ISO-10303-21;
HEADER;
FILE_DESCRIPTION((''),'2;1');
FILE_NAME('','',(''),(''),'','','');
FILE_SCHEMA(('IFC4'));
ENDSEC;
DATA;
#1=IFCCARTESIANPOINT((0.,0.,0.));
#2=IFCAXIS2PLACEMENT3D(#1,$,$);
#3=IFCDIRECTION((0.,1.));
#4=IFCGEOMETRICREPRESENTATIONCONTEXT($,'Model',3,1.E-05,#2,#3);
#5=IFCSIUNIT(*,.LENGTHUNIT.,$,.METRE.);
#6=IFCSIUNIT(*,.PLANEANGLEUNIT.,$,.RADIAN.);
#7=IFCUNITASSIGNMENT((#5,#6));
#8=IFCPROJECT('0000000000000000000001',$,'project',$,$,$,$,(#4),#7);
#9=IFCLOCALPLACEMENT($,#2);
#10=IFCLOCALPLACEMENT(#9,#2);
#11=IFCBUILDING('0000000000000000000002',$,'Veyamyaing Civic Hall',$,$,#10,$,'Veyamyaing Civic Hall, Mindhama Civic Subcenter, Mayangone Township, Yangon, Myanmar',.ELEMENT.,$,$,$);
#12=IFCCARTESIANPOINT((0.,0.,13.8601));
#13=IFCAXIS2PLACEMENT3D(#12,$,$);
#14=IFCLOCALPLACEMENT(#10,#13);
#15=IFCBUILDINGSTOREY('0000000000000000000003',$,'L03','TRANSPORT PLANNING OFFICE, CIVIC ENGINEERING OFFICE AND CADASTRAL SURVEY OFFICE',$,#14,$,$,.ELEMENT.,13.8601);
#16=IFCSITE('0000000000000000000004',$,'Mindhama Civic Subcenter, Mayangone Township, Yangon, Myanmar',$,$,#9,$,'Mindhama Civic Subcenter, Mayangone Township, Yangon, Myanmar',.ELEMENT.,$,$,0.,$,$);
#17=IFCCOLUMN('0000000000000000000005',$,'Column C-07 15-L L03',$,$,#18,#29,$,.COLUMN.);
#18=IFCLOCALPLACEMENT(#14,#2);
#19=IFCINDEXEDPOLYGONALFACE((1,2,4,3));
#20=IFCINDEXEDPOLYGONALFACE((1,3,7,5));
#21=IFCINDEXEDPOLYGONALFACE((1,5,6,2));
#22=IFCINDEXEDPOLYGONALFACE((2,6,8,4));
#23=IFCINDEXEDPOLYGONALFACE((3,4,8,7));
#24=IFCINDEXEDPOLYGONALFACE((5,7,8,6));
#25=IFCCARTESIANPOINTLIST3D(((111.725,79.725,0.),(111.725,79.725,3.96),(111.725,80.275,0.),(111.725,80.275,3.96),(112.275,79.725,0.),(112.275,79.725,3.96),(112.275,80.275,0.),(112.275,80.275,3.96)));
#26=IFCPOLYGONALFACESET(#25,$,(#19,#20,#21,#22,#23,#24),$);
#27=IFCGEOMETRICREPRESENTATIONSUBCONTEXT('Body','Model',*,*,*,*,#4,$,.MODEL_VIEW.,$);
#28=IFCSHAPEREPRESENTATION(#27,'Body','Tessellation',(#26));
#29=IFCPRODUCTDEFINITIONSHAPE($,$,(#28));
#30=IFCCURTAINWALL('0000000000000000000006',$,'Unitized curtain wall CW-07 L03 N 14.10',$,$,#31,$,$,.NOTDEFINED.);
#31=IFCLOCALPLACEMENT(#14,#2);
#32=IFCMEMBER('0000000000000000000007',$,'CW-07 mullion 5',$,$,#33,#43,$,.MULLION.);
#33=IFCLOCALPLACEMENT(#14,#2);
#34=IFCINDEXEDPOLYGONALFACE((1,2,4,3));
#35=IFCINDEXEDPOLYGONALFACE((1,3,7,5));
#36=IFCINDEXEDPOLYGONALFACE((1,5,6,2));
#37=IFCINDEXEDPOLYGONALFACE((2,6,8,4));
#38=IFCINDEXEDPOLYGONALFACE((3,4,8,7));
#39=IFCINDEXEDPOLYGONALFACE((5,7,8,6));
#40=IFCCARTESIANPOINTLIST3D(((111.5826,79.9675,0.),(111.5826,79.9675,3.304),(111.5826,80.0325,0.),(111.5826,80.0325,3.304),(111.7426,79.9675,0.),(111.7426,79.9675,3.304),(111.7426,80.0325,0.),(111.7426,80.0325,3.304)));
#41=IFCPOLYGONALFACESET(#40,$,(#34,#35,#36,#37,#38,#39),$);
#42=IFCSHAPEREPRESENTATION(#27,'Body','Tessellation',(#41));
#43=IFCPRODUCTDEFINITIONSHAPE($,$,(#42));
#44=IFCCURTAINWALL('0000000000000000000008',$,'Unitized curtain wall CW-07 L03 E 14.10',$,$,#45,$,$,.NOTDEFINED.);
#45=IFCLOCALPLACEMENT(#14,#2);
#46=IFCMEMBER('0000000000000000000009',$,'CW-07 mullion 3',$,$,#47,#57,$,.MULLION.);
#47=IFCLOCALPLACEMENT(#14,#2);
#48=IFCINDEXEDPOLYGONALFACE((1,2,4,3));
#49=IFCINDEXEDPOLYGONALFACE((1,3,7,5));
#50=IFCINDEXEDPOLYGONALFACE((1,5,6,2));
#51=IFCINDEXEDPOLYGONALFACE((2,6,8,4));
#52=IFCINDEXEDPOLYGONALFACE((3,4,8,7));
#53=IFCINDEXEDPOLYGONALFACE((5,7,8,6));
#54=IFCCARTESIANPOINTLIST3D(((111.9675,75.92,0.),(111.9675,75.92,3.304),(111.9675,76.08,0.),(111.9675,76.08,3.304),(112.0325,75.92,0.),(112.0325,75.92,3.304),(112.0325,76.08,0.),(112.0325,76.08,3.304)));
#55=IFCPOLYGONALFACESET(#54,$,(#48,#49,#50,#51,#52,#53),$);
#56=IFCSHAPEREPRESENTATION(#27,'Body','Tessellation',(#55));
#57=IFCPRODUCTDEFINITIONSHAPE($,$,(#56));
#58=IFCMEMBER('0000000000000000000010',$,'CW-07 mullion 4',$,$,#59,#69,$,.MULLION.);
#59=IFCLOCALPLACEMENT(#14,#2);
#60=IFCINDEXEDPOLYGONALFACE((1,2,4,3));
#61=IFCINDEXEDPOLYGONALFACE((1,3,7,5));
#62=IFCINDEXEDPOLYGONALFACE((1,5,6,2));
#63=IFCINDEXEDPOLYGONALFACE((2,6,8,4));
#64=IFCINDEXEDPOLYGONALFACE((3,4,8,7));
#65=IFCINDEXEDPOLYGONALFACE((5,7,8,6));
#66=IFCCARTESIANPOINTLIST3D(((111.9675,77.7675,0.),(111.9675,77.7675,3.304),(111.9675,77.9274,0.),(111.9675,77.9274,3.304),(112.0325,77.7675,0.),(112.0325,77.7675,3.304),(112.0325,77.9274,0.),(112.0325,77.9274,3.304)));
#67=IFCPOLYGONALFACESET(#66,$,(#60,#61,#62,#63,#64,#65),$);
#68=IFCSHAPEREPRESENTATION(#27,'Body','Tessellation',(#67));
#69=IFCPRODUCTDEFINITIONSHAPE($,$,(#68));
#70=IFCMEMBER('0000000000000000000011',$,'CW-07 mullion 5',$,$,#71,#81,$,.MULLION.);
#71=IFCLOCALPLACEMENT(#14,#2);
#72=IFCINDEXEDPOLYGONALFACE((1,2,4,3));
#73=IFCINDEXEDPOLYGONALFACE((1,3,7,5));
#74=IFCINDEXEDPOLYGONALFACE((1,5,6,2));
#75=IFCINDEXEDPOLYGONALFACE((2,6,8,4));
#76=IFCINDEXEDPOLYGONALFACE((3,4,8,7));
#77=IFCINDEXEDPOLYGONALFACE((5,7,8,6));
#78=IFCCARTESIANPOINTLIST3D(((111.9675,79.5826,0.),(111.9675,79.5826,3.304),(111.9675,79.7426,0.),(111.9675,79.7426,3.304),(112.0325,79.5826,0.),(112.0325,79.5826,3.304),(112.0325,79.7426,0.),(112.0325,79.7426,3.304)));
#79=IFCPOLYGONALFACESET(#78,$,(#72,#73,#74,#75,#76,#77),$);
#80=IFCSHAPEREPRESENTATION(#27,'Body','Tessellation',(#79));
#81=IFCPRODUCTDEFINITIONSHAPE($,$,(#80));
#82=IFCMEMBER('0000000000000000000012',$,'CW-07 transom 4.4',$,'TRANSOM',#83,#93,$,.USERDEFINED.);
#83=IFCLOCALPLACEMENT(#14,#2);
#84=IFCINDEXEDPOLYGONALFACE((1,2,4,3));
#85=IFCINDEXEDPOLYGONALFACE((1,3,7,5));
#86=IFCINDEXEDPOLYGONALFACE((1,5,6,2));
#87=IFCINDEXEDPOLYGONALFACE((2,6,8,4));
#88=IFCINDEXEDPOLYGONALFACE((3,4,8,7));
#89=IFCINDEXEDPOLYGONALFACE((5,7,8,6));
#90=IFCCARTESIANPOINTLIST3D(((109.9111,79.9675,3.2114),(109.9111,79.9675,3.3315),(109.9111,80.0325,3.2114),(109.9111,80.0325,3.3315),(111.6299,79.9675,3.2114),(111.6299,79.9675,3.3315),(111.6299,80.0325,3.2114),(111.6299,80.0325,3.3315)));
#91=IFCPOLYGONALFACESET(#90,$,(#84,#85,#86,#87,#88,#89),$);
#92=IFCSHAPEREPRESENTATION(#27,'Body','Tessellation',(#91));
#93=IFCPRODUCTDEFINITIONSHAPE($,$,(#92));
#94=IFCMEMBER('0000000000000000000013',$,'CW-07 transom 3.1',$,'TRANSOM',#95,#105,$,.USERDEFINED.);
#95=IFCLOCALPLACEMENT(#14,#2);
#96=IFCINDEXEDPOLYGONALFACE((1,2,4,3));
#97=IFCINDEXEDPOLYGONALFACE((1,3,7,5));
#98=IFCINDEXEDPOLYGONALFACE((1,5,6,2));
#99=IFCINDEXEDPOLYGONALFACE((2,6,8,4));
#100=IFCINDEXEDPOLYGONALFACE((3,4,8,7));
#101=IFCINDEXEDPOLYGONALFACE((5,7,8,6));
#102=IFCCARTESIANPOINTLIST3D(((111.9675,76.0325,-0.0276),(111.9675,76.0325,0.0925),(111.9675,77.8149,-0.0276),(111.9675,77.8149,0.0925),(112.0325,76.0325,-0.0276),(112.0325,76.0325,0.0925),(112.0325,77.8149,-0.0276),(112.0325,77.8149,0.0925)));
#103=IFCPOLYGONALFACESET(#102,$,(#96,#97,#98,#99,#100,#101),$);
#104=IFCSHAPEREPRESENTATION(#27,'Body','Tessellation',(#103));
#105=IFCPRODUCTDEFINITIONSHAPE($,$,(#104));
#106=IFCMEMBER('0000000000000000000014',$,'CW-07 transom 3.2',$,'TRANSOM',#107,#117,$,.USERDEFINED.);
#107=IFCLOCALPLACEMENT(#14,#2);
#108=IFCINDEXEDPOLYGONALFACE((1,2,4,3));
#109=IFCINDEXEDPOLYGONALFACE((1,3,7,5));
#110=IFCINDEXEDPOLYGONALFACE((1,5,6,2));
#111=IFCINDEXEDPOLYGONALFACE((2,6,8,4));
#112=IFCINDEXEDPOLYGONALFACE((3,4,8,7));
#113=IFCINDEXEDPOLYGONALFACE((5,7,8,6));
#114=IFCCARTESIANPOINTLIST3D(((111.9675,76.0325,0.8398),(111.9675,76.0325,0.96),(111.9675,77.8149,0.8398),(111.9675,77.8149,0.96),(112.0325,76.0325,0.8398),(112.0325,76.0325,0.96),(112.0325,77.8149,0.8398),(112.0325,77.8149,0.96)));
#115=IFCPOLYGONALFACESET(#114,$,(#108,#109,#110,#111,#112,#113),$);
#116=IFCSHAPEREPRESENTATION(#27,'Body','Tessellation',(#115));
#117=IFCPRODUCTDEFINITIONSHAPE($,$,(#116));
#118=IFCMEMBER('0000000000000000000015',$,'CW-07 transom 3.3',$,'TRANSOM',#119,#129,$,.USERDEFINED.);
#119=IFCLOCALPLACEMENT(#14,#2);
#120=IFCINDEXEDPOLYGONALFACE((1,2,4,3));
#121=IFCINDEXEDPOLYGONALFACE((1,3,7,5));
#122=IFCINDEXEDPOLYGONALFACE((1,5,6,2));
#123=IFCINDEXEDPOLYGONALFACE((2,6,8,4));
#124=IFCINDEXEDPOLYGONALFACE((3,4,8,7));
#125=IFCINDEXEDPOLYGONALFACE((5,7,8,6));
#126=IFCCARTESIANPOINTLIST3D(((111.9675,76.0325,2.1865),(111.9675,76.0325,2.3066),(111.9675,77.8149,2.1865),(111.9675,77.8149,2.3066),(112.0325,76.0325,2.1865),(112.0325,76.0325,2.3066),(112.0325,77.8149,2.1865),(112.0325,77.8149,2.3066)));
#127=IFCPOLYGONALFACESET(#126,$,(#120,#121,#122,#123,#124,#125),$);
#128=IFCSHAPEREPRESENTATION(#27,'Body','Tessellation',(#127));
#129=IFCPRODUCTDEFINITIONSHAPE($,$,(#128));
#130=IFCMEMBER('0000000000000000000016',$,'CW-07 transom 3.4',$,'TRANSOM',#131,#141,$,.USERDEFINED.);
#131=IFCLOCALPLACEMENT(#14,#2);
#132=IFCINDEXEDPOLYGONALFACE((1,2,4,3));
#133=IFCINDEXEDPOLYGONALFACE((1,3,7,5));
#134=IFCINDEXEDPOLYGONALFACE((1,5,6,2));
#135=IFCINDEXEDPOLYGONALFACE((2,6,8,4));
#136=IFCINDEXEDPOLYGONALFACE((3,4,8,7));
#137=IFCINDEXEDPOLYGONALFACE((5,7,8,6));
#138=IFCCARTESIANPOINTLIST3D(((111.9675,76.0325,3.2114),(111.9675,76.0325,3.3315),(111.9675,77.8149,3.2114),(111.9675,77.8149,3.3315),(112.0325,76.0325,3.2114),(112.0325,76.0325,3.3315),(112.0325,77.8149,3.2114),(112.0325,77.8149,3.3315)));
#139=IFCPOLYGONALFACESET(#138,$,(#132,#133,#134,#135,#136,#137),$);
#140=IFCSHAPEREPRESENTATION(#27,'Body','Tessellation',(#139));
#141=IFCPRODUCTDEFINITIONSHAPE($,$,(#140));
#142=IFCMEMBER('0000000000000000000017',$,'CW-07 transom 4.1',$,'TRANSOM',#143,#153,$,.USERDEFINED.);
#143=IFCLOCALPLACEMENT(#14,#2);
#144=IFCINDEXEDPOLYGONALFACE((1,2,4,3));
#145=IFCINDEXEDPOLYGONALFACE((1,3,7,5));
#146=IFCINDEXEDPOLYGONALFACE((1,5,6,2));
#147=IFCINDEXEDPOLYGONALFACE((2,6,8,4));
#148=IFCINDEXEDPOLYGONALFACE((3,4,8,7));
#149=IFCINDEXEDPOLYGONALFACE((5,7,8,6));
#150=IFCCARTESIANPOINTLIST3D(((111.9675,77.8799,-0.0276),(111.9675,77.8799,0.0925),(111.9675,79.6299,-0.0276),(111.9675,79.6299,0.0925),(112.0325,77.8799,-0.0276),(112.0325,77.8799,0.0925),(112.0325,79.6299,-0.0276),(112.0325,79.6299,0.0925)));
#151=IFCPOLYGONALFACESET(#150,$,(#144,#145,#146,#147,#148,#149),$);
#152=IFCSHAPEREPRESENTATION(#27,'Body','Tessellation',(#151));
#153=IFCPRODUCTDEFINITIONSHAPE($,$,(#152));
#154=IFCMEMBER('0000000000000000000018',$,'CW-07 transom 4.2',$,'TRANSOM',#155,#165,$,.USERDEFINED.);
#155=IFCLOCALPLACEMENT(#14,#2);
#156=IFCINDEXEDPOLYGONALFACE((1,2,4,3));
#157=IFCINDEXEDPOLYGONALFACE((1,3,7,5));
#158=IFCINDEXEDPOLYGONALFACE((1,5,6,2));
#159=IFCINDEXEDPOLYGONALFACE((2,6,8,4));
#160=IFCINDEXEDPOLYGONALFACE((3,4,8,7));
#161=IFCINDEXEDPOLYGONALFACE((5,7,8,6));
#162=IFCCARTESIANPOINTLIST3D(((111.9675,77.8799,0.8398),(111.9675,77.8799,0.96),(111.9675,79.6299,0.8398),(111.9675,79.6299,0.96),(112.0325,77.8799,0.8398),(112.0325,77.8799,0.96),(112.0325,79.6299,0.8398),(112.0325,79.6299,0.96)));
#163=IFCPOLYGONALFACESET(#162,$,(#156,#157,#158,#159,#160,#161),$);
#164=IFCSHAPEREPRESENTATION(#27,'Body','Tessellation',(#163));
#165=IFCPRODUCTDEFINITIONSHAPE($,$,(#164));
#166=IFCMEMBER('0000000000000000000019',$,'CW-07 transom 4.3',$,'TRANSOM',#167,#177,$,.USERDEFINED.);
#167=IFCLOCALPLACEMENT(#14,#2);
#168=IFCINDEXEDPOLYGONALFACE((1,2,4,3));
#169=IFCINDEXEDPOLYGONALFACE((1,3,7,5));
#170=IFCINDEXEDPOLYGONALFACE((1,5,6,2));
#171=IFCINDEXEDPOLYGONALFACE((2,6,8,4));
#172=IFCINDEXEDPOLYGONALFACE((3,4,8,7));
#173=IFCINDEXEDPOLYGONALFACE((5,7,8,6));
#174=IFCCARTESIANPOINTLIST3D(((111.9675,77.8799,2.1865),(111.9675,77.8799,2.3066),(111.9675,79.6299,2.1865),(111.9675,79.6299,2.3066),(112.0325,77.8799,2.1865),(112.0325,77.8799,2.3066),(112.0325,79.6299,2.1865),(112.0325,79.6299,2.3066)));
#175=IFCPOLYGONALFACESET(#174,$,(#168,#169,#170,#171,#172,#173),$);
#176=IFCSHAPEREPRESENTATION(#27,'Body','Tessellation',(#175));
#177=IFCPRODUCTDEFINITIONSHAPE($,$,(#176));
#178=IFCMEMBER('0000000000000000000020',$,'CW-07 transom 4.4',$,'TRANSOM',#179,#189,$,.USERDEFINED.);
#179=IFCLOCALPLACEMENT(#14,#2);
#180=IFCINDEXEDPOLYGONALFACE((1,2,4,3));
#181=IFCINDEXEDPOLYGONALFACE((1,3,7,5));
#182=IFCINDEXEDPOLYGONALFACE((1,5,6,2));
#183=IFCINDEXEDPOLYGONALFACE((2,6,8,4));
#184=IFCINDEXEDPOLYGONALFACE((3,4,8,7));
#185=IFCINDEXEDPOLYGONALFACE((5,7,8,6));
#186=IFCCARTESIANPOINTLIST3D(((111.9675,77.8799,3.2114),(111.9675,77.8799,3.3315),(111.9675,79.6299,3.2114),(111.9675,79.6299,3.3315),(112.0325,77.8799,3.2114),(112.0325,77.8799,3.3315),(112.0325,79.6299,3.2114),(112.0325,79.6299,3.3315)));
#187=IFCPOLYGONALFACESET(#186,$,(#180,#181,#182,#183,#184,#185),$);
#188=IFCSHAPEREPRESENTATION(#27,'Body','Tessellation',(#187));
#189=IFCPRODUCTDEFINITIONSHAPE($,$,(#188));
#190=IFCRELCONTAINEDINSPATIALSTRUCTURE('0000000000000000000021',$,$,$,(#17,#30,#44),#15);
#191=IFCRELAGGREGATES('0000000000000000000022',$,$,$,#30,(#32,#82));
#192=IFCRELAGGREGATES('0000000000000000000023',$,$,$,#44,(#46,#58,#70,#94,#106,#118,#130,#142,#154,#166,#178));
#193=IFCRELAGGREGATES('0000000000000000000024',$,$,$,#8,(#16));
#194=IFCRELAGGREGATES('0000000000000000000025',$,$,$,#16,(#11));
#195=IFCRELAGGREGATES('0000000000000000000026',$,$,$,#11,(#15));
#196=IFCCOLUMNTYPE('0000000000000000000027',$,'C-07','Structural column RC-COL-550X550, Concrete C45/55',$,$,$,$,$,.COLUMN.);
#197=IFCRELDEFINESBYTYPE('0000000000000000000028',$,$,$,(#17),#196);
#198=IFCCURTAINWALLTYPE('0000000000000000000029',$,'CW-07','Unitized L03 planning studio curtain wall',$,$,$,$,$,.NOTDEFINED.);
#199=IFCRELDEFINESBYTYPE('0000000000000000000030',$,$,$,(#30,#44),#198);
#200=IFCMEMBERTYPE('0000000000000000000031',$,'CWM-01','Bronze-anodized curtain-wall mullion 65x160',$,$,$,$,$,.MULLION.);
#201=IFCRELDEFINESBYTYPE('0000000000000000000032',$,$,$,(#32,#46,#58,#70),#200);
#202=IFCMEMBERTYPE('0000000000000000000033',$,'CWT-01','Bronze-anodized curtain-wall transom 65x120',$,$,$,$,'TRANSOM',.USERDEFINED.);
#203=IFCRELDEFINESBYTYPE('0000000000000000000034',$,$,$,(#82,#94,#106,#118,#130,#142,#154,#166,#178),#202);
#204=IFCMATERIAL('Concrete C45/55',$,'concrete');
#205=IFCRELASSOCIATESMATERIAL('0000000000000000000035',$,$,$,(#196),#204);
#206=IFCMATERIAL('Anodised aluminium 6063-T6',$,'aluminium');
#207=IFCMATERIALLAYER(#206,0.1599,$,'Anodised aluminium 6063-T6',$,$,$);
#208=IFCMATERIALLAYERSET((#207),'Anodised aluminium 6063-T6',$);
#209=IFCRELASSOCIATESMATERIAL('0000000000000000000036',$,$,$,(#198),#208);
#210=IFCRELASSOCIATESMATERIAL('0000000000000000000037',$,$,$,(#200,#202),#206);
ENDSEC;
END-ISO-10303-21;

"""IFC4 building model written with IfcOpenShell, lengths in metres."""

from ifc_helpers import new_model, si_unit, direction, frame, origin, origin_2d, place, context, subcontext, project, spatial, rectangle, extrude, material, layer, layer_set, material_profile, profile_set, type_object, element, aggregate, save


model = new_model("IFC4")

# Units and contexts
model_context = context("Model", 3, precision=1e-05, world=origin(), true_north=direction((0.0, 1.0)))
body_context = subcontext(model_context, "Body", "Model", "MODEL_VIEW")
ifc_project = project(units=[si_unit("LENGTHUNIT", "METRE"), si_unit("PLANEANGLEUNIT", "RADIAN")], contexts=[model_context])

# Site, building, storey
site_placement = place(None, origin())
site = spatial("IfcSite", under=ifc_project, at=site_placement, Name="Mindhama Civic Subcenter, Mayangone Township, Yangon, Myanmar", LongName="Mindhama Civic Subcenter, Mayangone Township, Yangon, Myanmar", CompositionType="ELEMENT", RefElevation=0.0)
building_placement = place(site_placement, origin())
building = spatial("IfcBuilding", under=site, at=building_placement, Name="Veyamyaing Civic Hall", LongName="Veyamyaing Civic Hall, Mindhama Civic Subcenter, Mayangone Township, Yangon, Myanmar", CompositionType="ELEMENT")
storey_placement = place(building_placement, frame((0.0, 0.0, 13.8601)))
storey = spatial("IfcBuildingStorey", under=building, at=storey_placement, Name="L03", Description="TRANSPORT PLANNING OFFICE, CIVIC ENGINEERING OFFICE AND CADASTRAL SURVEY OFFICE", CompositionType="ELEMENT", Elevation=13.8601)

# Column
ifc_material_1 = material(Name="Concrete C45/55", Category="concrete")
ifc_material_profile_1 = material_profile(ifc_material_1, rectangle(XDim=0.55, YDim=0.55, at=origin_2d()), Name="RC-COL-550X550")
ifc_profile_set_1 = profile_set([ifc_material_profile_1], Name="Concrete C45/55")
column_type = type_object("IfcColumnType", Name="C-07", Description="Structural column RC-COL-550X550, Concrete C45/55", PredefinedType="COLUMN", material=ifc_profile_set_1)
column_placement = place(storey_placement, frame((112.0, 80.0, 0.0), z_axis=(0.0, 0.0, 1.0), x_axis=(1.0, 0.0, 0.0)))
element("IfcColumn", 1, at=column_placement, inside=storey, type_object=column_type, Name="Column C-07 15-L L03", PredefinedType="COLUMN", context=body_context, shape_type="SweptSolid", body=[
    extrude(rectangle(XDim=0.55, YDim=0.55, at=origin_2d()), origin(), (0.0, 0.0, 1.0), 3.96),
])

# Curtain wall, member
ifc_material_2 = material(Name="Anodised aluminium 6063-T6", Category="aluminium")
ifc_layer_1 = layer(ifc_material_2, 0.1599, Name="Anodised aluminium 6063-T6")
ifc_layer_set_1 = layer_set([ifc_layer_1], Name="Anodised aluminium 6063-T6")
curtain_wall_type = type_object("IfcCurtainWallType", Name="CW-07", Description="Unitized L03 planning studio curtain wall", PredefinedType="NOTDEFINED", material=ifc_layer_set_1)
curtain_wall_1_placement = place(storey_placement, origin())
curtain_wall_1 = element("IfcCurtainWall", 2, at=curtain_wall_1_placement, inside=storey, type_object=curtain_wall_type, Name="Unitized curtain wall CW-07 L03 N 14.10", PredefinedType="NOTDEFINED")
ifc_material_profile_2 = material_profile(ifc_material_2, rectangle(XDim=0.0649, YDim=0.1599, at=origin_2d()), Name="ALU-MUL-65X160")
ifc_profile_set_2 = profile_set([ifc_material_profile_2], Name="Anodised aluminium 6063-T6")
member_type_1 = type_object("IfcMemberType", Name="CWM-01", Description="Bronze-anodized curtain-wall mullion 65x160", PredefinedType="MULLION", material=ifc_profile_set_2)
member_1_placement = place(storey_placement, frame((111.6626, 80.0, 0.0), z_axis=(0.0, 0.0, 1.0), x_axis=(0.0, 1.0, 0.0)))
member_1 = element("IfcMember", 3, at=member_1_placement, type_object=member_type_1, Name="CW-07 mullion 5", PredefinedType="MULLION", context=body_context, shape_type="SweptSolid", body=[
    extrude(rectangle(XDim=0.0649, YDim=0.1599, at=origin_2d()), origin(), (0.0, 0.0, 1.0), 3.304),
])

# Curtain wall, members
curtain_wall_2_placement = place(storey_placement, origin())
curtain_wall_2 = element("IfcCurtainWall", 4, at=curtain_wall_2_placement, inside=storey, type_object=curtain_wall_type, Name="Unitized curtain wall CW-07 L03 E 14.10", PredefinedType="NOTDEFINED")
member_2_placement = place(storey_placement, frame((112.0, 76.0, 0.0), z_axis=(0.0, 0.0, 1.0), x_axis=(-1.0, 0.0, 0.0)))
member_2 = element("IfcMember", 5, at=member_2_placement, type_object=member_type_1, Name="CW-07 mullion 3", PredefinedType="MULLION", context=body_context, shape_type="SweptSolid", body=[
    extrude(rectangle(XDim=0.0649, YDim=0.1599, at=origin_2d()), origin(), (0.0, 0.0, 1.0), 3.304),
])
member_3_placement = place(storey_placement, frame((112.0, 77.8474, 0.0), z_axis=(0.0, 0.0, 1.0), x_axis=(-1.0, 0.0, 0.0)))
member_3 = element("IfcMember", 6, at=member_3_placement, type_object=member_type_1, Name="CW-07 mullion 4", PredefinedType="MULLION", context=body_context, shape_type="SweptSolid", body=[
    extrude(rectangle(XDim=0.0649, YDim=0.1599, at=origin_2d()), origin(), (0.0, 0.0, 1.0), 3.304),
])
member_4_placement = place(storey_placement, frame((112.0, 79.6626, 0.0), z_axis=(0.0, 0.0, 1.0), x_axis=(-1.0, 0.0, 0.0)))
member_4 = element("IfcMember", 7, at=member_4_placement, type_object=member_type_1, Name="CW-07 mullion 5", PredefinedType="MULLION", context=body_context, shape_type="SweptSolid", body=[
    extrude(rectangle(XDim=0.0649, YDim=0.1599, at=origin_2d()), origin(), (0.0, 0.0, 1.0), 3.304),
])

# Members
ifc_material_profile_3 = material_profile(ifc_material_2, rectangle(XDim=0.0649, YDim=0.1201, at=origin_2d()), Name="ALU-TRN-65X120")
ifc_profile_set_3 = profile_set([ifc_material_profile_3], Name="Anodised aluminium 6063-T6")
member_type_2 = type_object("IfcMemberType", Name="CWT-01", Description="Bronze-anodized curtain-wall transom 65x120", ElementType="TRANSOM", PredefinedType="USERDEFINED", material=ifc_profile_set_3)
member_5_placement = place(storey_placement, frame((109.9111, 80.0, 3.2715), z_axis=(1.0, 0.0, 0.0), x_axis=(0.0, 1.0, 0.0)))
member_5 = element("IfcMember", 8, at=member_5_placement, type_object=member_type_2, Name="CW-07 transom 4.4", ObjectType="TRANSOM", PredefinedType="USERDEFINED", context=body_context, shape_type="SweptSolid", body=[
    extrude(rectangle(XDim=0.0649, YDim=0.1201, at=origin_2d()), origin(), (0.0, 0.0, 1.0), 1.7188),
])
member_6_placement = place(storey_placement, frame((112.0, 76.0325, 0.0325), z_axis=(0.0, 1.0, 0.0), x_axis=(-1.0, 0.0, 0.0)))
member_6 = element("IfcMember", 9, at=member_6_placement, type_object=member_type_2, Name="CW-07 transom 3.1", ObjectType="TRANSOM", PredefinedType="USERDEFINED", context=body_context, shape_type="SweptSolid", body=[
    extrude(rectangle(XDim=0.0649, YDim=0.1201, at=origin_2d()), origin(), (0.0, 0.0, 1.0), 1.7825),
])
member_7_placement = place(storey_placement, frame((112.0, 76.0325, 0.8999), z_axis=(0.0, 1.0, 0.0), x_axis=(-1.0, 0.0, 0.0)))
member_7 = element("IfcMember", 10, at=member_7_placement, type_object=member_type_2, Name="CW-07 transom 3.2", ObjectType="TRANSOM", PredefinedType="USERDEFINED", context=body_context, shape_type="SweptSolid", body=[
    extrude(rectangle(XDim=0.0649, YDim=0.1201, at=origin_2d()), origin(), (0.0, 0.0, 1.0), 1.7825),
])
member_8_placement = place(storey_placement, frame((112.0, 76.0325, 2.2466), z_axis=(0.0, 1.0, 0.0), x_axis=(-1.0, 0.0, 0.0)))
member_8 = element("IfcMember", 11, at=member_8_placement, type_object=member_type_2, Name="CW-07 transom 3.3", ObjectType="TRANSOM", PredefinedType="USERDEFINED", context=body_context, shape_type="SweptSolid", body=[
    extrude(rectangle(XDim=0.0649, YDim=0.1201, at=origin_2d()), origin(), (0.0, 0.0, 1.0), 1.7825),
])
member_9_placement = place(storey_placement, frame((112.0, 76.0325, 3.2715), z_axis=(0.0, 1.0, 0.0), x_axis=(-1.0, 0.0, 0.0)))
member_9 = element("IfcMember", 12, at=member_9_placement, type_object=member_type_2, Name="CW-07 transom 3.4", ObjectType="TRANSOM", PredefinedType="USERDEFINED", context=body_context, shape_type="SweptSolid", body=[
    extrude(rectangle(XDim=0.0649, YDim=0.1201, at=origin_2d()), origin(), (0.0, 0.0, 1.0), 1.7825),
])
member_10_placement = place(storey_placement, frame((112.0, 77.8799, 0.0325), z_axis=(0.0, 1.0, 0.0), x_axis=(-1.0, 0.0, 0.0)))
member_10 = element("IfcMember", 13, at=member_10_placement, type_object=member_type_2, Name="CW-07 transom 4.1", ObjectType="TRANSOM", PredefinedType="USERDEFINED", context=body_context, shape_type="SweptSolid", body=[
    extrude(rectangle(XDim=0.0649, YDim=0.1201, at=origin_2d()), origin(), (0.0, 0.0, 1.0), 1.75),
])
member_11_placement = place(storey_placement, frame((112.0, 77.8799, 0.8999), z_axis=(0.0, 1.0, 0.0), x_axis=(-1.0, 0.0, 0.0)))
member_11 = element("IfcMember", 14, at=member_11_placement, type_object=member_type_2, Name="CW-07 transom 4.2", ObjectType="TRANSOM", PredefinedType="USERDEFINED", context=body_context, shape_type="SweptSolid", body=[
    extrude(rectangle(XDim=0.0649, YDim=0.1201, at=origin_2d()), origin(), (0.0, 0.0, 1.0), 1.75),
])
member_12_placement = place(storey_placement, frame((112.0, 77.8799, 2.2466), z_axis=(0.0, 1.0, 0.0), x_axis=(-1.0, 0.0, 0.0)))
member_12 = element("IfcMember", 15, at=member_12_placement, type_object=member_type_2, Name="CW-07 transom 4.3", ObjectType="TRANSOM", PredefinedType="USERDEFINED", context=body_context, shape_type="SweptSolid", body=[
    extrude(rectangle(XDim=0.0649, YDim=0.1201, at=origin_2d()), origin(), (0.0, 0.0, 1.0), 1.75),
])
member_13_placement = place(storey_placement, frame((112.0, 77.8799, 3.2715), z_axis=(0.0, 1.0, 0.0), x_axis=(-1.0, 0.0, 0.0)))
member_13 = element("IfcMember", 16, at=member_13_placement, type_object=member_type_2, Name="CW-07 transom 4.4", ObjectType="TRANSOM", PredefinedType="USERDEFINED", context=body_context, shape_type="SweptSolid", body=[
    extrude(rectangle(XDim=0.0649, YDim=0.1201, at=origin_2d()), origin(), (0.0, 0.0, 1.0), 1.75),
])

aggregate(curtain_wall_1, [member_1, member_5])
aggregate(curtain_wall_2, [member_2, member_3, member_4, member_6, member_7, member_8, member_9, member_10, member_11, member_12, member_13])

save(model, "model.ifc")
